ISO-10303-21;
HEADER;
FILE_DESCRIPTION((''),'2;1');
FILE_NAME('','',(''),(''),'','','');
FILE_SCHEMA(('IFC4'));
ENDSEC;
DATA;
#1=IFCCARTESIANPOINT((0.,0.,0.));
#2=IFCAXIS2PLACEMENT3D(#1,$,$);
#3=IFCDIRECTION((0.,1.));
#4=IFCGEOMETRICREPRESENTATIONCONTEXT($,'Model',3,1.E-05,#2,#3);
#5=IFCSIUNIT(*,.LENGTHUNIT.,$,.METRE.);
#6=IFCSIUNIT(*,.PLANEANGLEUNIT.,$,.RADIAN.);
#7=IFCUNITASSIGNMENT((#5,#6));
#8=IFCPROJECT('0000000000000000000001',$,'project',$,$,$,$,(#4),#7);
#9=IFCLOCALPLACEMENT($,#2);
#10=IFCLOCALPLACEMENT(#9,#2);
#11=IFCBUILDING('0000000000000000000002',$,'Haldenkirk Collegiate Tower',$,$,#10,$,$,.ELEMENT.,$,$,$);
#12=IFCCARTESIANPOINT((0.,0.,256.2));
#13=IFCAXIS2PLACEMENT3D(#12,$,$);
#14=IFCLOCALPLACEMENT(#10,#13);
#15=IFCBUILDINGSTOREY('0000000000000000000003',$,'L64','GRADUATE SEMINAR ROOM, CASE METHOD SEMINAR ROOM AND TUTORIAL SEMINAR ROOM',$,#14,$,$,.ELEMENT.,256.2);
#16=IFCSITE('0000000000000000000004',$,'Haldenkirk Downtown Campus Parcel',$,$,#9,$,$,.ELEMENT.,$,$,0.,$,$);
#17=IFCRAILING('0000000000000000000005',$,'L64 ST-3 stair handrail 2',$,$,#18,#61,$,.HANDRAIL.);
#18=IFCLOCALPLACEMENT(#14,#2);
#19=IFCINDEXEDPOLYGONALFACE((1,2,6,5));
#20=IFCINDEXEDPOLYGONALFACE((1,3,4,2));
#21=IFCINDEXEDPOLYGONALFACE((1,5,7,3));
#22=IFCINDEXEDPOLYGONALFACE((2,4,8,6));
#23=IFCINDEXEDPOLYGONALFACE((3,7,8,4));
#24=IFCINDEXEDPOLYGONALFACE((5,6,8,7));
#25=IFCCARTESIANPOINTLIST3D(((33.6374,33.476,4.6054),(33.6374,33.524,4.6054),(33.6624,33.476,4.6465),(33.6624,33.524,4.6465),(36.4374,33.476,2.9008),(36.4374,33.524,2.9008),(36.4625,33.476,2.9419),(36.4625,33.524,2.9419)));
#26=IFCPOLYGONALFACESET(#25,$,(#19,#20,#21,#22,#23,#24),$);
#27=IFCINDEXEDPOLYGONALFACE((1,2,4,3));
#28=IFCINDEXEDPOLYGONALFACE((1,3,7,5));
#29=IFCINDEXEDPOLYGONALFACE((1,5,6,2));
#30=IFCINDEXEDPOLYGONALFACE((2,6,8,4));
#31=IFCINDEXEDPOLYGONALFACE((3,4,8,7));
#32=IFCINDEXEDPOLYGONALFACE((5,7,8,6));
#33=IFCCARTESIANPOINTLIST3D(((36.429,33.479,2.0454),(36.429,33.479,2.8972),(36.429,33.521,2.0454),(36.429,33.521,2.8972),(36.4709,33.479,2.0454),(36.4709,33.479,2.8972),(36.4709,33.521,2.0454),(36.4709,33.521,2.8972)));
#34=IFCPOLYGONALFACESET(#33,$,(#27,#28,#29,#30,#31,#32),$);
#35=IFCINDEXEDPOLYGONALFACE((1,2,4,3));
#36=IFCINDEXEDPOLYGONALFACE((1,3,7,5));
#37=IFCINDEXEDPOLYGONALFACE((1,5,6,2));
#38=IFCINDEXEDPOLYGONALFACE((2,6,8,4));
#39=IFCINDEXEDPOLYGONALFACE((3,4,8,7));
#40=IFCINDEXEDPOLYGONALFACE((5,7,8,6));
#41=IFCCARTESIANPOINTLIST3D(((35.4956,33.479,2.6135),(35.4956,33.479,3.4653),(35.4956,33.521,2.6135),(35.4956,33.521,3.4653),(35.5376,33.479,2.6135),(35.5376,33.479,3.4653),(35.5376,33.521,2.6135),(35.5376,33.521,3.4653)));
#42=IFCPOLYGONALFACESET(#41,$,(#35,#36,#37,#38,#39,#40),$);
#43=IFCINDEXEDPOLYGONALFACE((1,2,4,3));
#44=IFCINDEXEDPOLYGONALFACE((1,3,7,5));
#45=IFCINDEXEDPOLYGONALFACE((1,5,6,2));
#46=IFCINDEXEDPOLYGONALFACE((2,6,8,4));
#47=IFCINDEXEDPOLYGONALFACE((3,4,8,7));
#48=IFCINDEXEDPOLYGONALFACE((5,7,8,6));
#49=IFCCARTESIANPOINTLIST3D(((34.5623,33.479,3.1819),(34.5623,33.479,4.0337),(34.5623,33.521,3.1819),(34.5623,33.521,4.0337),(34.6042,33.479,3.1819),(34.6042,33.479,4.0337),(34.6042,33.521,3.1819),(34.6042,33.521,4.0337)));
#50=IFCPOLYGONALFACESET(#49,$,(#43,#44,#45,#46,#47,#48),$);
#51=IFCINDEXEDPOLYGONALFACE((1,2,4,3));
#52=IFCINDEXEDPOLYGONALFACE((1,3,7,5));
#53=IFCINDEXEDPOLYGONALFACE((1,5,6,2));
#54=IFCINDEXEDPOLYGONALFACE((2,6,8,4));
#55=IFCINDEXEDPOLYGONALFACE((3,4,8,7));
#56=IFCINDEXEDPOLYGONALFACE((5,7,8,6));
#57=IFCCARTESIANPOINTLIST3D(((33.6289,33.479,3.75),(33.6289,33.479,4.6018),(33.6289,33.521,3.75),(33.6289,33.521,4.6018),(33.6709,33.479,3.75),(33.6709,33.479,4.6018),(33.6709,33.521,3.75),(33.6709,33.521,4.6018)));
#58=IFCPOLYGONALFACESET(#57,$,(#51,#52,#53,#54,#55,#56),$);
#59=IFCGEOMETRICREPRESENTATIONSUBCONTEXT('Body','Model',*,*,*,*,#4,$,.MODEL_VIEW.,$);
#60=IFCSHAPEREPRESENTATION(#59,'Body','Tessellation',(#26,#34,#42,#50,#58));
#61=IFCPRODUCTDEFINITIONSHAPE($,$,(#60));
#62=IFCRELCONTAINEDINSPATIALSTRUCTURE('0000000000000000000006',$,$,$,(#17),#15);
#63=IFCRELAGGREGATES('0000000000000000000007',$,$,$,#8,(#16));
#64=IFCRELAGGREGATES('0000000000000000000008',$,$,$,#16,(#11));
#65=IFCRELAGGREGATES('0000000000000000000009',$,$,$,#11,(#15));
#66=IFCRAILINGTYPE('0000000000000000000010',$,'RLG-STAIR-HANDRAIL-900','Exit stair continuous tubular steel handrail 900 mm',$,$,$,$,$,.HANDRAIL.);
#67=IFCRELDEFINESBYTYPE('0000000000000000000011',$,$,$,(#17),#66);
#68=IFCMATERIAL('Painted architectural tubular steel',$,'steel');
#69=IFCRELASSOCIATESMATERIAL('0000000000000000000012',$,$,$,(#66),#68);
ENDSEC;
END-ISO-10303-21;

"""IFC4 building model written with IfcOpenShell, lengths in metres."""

from ifc_helpers import new_model, si_unit, direction, frame, origin, origin_2d, place, context, subcontext, project, spatial, rectangle, extrude, material, type_object, element, save


model = new_model("IFC4")

# Units and contexts
model_context = context("Model", 3, precision=1e-05, world=origin(), true_north=direction((0.0, 1.0)))
body_context = subcontext(model_context, "Body", "Model", "MODEL_VIEW")
ifc_project = project(units=[si_unit("LENGTHUNIT", "METRE"), si_unit("PLANEANGLEUNIT", "RADIAN")], contexts=[model_context])

# Site, building, storey
site_placement = place(None, origin())
site = spatial("IfcSite", under=ifc_project, at=site_placement, Name="Haldenkirk Downtown Campus Parcel", CompositionType="ELEMENT", RefElevation=0.0)
building_placement = place(site_placement, origin())
building = spatial("IfcBuilding", under=site, at=building_placement, Name="Haldenkirk Collegiate Tower", CompositionType="ELEMENT")
storey_placement = place(building_placement, frame((0.0, 0.0, 256.2)))
storey = spatial("IfcBuildingStorey", under=building, at=storey_placement, Name="L64", Description="GRADUATE SEMINAR ROOM, CASE METHOD SEMINAR ROOM AND TUTORIAL SEMINAR ROOM", CompositionType="ELEMENT", Elevation=256.2)

# Railing
ifc_material_1 = material(Name="Painted architectural tubular steel", Category="steel")
railing_type_1 = type_object("IfcRailingType", Name="RLG-STAIR-HANDRAIL-900", Description="Exit stair continuous tubular steel handrail 900 mm", PredefinedType="HANDRAIL", material=ifc_material_1)
railing_1_placement = place(storey_placement, frame((36.45, 33.5, 2.0454)))
element("IfcRailing", 1, at=railing_1_placement, inside=storey, type_object=railing_type_1, Name="L64 ST-3 stair handrail 2", PredefinedType="HANDRAIL", context=body_context, shape_type="SweptSolid", body=[
    extrude(rectangle(XDim=0.0481, YDim=0.0481, at=origin_2d()), frame((0.0, 0.0, 0.876), z_axis=(-0.85417, 0.0, 0.519994), x_axis=(0.0, -1.0, 0.0)), (0.0, 0.0, 1.0), 3.2781),
    extrude(rectangle(XDim=0.042, YDim=0.042, at=origin_2d()), origin(), (0.0, 0.0, 1.0), 0.8518),
    extrude(rectangle(XDim=0.042, YDim=0.042, at=origin_2d()), frame((-0.9333, 0.0, 0.5681)), (0.0, 0.0, 1.0), 0.8518),
    extrude(rectangle(XDim=0.042, YDim=0.042, at=origin_2d()), frame((-1.8667, 0.0, 1.1365)), (0.0, 0.0, 1.0), 0.8518),
    extrude(rectangle(XDim=0.042, YDim=0.042, at=origin_2d()), frame((-2.8, 0.0, 1.7046)), (0.0, 0.0, 1.0), 0.8518),
])

save(model, "model.ifc")
